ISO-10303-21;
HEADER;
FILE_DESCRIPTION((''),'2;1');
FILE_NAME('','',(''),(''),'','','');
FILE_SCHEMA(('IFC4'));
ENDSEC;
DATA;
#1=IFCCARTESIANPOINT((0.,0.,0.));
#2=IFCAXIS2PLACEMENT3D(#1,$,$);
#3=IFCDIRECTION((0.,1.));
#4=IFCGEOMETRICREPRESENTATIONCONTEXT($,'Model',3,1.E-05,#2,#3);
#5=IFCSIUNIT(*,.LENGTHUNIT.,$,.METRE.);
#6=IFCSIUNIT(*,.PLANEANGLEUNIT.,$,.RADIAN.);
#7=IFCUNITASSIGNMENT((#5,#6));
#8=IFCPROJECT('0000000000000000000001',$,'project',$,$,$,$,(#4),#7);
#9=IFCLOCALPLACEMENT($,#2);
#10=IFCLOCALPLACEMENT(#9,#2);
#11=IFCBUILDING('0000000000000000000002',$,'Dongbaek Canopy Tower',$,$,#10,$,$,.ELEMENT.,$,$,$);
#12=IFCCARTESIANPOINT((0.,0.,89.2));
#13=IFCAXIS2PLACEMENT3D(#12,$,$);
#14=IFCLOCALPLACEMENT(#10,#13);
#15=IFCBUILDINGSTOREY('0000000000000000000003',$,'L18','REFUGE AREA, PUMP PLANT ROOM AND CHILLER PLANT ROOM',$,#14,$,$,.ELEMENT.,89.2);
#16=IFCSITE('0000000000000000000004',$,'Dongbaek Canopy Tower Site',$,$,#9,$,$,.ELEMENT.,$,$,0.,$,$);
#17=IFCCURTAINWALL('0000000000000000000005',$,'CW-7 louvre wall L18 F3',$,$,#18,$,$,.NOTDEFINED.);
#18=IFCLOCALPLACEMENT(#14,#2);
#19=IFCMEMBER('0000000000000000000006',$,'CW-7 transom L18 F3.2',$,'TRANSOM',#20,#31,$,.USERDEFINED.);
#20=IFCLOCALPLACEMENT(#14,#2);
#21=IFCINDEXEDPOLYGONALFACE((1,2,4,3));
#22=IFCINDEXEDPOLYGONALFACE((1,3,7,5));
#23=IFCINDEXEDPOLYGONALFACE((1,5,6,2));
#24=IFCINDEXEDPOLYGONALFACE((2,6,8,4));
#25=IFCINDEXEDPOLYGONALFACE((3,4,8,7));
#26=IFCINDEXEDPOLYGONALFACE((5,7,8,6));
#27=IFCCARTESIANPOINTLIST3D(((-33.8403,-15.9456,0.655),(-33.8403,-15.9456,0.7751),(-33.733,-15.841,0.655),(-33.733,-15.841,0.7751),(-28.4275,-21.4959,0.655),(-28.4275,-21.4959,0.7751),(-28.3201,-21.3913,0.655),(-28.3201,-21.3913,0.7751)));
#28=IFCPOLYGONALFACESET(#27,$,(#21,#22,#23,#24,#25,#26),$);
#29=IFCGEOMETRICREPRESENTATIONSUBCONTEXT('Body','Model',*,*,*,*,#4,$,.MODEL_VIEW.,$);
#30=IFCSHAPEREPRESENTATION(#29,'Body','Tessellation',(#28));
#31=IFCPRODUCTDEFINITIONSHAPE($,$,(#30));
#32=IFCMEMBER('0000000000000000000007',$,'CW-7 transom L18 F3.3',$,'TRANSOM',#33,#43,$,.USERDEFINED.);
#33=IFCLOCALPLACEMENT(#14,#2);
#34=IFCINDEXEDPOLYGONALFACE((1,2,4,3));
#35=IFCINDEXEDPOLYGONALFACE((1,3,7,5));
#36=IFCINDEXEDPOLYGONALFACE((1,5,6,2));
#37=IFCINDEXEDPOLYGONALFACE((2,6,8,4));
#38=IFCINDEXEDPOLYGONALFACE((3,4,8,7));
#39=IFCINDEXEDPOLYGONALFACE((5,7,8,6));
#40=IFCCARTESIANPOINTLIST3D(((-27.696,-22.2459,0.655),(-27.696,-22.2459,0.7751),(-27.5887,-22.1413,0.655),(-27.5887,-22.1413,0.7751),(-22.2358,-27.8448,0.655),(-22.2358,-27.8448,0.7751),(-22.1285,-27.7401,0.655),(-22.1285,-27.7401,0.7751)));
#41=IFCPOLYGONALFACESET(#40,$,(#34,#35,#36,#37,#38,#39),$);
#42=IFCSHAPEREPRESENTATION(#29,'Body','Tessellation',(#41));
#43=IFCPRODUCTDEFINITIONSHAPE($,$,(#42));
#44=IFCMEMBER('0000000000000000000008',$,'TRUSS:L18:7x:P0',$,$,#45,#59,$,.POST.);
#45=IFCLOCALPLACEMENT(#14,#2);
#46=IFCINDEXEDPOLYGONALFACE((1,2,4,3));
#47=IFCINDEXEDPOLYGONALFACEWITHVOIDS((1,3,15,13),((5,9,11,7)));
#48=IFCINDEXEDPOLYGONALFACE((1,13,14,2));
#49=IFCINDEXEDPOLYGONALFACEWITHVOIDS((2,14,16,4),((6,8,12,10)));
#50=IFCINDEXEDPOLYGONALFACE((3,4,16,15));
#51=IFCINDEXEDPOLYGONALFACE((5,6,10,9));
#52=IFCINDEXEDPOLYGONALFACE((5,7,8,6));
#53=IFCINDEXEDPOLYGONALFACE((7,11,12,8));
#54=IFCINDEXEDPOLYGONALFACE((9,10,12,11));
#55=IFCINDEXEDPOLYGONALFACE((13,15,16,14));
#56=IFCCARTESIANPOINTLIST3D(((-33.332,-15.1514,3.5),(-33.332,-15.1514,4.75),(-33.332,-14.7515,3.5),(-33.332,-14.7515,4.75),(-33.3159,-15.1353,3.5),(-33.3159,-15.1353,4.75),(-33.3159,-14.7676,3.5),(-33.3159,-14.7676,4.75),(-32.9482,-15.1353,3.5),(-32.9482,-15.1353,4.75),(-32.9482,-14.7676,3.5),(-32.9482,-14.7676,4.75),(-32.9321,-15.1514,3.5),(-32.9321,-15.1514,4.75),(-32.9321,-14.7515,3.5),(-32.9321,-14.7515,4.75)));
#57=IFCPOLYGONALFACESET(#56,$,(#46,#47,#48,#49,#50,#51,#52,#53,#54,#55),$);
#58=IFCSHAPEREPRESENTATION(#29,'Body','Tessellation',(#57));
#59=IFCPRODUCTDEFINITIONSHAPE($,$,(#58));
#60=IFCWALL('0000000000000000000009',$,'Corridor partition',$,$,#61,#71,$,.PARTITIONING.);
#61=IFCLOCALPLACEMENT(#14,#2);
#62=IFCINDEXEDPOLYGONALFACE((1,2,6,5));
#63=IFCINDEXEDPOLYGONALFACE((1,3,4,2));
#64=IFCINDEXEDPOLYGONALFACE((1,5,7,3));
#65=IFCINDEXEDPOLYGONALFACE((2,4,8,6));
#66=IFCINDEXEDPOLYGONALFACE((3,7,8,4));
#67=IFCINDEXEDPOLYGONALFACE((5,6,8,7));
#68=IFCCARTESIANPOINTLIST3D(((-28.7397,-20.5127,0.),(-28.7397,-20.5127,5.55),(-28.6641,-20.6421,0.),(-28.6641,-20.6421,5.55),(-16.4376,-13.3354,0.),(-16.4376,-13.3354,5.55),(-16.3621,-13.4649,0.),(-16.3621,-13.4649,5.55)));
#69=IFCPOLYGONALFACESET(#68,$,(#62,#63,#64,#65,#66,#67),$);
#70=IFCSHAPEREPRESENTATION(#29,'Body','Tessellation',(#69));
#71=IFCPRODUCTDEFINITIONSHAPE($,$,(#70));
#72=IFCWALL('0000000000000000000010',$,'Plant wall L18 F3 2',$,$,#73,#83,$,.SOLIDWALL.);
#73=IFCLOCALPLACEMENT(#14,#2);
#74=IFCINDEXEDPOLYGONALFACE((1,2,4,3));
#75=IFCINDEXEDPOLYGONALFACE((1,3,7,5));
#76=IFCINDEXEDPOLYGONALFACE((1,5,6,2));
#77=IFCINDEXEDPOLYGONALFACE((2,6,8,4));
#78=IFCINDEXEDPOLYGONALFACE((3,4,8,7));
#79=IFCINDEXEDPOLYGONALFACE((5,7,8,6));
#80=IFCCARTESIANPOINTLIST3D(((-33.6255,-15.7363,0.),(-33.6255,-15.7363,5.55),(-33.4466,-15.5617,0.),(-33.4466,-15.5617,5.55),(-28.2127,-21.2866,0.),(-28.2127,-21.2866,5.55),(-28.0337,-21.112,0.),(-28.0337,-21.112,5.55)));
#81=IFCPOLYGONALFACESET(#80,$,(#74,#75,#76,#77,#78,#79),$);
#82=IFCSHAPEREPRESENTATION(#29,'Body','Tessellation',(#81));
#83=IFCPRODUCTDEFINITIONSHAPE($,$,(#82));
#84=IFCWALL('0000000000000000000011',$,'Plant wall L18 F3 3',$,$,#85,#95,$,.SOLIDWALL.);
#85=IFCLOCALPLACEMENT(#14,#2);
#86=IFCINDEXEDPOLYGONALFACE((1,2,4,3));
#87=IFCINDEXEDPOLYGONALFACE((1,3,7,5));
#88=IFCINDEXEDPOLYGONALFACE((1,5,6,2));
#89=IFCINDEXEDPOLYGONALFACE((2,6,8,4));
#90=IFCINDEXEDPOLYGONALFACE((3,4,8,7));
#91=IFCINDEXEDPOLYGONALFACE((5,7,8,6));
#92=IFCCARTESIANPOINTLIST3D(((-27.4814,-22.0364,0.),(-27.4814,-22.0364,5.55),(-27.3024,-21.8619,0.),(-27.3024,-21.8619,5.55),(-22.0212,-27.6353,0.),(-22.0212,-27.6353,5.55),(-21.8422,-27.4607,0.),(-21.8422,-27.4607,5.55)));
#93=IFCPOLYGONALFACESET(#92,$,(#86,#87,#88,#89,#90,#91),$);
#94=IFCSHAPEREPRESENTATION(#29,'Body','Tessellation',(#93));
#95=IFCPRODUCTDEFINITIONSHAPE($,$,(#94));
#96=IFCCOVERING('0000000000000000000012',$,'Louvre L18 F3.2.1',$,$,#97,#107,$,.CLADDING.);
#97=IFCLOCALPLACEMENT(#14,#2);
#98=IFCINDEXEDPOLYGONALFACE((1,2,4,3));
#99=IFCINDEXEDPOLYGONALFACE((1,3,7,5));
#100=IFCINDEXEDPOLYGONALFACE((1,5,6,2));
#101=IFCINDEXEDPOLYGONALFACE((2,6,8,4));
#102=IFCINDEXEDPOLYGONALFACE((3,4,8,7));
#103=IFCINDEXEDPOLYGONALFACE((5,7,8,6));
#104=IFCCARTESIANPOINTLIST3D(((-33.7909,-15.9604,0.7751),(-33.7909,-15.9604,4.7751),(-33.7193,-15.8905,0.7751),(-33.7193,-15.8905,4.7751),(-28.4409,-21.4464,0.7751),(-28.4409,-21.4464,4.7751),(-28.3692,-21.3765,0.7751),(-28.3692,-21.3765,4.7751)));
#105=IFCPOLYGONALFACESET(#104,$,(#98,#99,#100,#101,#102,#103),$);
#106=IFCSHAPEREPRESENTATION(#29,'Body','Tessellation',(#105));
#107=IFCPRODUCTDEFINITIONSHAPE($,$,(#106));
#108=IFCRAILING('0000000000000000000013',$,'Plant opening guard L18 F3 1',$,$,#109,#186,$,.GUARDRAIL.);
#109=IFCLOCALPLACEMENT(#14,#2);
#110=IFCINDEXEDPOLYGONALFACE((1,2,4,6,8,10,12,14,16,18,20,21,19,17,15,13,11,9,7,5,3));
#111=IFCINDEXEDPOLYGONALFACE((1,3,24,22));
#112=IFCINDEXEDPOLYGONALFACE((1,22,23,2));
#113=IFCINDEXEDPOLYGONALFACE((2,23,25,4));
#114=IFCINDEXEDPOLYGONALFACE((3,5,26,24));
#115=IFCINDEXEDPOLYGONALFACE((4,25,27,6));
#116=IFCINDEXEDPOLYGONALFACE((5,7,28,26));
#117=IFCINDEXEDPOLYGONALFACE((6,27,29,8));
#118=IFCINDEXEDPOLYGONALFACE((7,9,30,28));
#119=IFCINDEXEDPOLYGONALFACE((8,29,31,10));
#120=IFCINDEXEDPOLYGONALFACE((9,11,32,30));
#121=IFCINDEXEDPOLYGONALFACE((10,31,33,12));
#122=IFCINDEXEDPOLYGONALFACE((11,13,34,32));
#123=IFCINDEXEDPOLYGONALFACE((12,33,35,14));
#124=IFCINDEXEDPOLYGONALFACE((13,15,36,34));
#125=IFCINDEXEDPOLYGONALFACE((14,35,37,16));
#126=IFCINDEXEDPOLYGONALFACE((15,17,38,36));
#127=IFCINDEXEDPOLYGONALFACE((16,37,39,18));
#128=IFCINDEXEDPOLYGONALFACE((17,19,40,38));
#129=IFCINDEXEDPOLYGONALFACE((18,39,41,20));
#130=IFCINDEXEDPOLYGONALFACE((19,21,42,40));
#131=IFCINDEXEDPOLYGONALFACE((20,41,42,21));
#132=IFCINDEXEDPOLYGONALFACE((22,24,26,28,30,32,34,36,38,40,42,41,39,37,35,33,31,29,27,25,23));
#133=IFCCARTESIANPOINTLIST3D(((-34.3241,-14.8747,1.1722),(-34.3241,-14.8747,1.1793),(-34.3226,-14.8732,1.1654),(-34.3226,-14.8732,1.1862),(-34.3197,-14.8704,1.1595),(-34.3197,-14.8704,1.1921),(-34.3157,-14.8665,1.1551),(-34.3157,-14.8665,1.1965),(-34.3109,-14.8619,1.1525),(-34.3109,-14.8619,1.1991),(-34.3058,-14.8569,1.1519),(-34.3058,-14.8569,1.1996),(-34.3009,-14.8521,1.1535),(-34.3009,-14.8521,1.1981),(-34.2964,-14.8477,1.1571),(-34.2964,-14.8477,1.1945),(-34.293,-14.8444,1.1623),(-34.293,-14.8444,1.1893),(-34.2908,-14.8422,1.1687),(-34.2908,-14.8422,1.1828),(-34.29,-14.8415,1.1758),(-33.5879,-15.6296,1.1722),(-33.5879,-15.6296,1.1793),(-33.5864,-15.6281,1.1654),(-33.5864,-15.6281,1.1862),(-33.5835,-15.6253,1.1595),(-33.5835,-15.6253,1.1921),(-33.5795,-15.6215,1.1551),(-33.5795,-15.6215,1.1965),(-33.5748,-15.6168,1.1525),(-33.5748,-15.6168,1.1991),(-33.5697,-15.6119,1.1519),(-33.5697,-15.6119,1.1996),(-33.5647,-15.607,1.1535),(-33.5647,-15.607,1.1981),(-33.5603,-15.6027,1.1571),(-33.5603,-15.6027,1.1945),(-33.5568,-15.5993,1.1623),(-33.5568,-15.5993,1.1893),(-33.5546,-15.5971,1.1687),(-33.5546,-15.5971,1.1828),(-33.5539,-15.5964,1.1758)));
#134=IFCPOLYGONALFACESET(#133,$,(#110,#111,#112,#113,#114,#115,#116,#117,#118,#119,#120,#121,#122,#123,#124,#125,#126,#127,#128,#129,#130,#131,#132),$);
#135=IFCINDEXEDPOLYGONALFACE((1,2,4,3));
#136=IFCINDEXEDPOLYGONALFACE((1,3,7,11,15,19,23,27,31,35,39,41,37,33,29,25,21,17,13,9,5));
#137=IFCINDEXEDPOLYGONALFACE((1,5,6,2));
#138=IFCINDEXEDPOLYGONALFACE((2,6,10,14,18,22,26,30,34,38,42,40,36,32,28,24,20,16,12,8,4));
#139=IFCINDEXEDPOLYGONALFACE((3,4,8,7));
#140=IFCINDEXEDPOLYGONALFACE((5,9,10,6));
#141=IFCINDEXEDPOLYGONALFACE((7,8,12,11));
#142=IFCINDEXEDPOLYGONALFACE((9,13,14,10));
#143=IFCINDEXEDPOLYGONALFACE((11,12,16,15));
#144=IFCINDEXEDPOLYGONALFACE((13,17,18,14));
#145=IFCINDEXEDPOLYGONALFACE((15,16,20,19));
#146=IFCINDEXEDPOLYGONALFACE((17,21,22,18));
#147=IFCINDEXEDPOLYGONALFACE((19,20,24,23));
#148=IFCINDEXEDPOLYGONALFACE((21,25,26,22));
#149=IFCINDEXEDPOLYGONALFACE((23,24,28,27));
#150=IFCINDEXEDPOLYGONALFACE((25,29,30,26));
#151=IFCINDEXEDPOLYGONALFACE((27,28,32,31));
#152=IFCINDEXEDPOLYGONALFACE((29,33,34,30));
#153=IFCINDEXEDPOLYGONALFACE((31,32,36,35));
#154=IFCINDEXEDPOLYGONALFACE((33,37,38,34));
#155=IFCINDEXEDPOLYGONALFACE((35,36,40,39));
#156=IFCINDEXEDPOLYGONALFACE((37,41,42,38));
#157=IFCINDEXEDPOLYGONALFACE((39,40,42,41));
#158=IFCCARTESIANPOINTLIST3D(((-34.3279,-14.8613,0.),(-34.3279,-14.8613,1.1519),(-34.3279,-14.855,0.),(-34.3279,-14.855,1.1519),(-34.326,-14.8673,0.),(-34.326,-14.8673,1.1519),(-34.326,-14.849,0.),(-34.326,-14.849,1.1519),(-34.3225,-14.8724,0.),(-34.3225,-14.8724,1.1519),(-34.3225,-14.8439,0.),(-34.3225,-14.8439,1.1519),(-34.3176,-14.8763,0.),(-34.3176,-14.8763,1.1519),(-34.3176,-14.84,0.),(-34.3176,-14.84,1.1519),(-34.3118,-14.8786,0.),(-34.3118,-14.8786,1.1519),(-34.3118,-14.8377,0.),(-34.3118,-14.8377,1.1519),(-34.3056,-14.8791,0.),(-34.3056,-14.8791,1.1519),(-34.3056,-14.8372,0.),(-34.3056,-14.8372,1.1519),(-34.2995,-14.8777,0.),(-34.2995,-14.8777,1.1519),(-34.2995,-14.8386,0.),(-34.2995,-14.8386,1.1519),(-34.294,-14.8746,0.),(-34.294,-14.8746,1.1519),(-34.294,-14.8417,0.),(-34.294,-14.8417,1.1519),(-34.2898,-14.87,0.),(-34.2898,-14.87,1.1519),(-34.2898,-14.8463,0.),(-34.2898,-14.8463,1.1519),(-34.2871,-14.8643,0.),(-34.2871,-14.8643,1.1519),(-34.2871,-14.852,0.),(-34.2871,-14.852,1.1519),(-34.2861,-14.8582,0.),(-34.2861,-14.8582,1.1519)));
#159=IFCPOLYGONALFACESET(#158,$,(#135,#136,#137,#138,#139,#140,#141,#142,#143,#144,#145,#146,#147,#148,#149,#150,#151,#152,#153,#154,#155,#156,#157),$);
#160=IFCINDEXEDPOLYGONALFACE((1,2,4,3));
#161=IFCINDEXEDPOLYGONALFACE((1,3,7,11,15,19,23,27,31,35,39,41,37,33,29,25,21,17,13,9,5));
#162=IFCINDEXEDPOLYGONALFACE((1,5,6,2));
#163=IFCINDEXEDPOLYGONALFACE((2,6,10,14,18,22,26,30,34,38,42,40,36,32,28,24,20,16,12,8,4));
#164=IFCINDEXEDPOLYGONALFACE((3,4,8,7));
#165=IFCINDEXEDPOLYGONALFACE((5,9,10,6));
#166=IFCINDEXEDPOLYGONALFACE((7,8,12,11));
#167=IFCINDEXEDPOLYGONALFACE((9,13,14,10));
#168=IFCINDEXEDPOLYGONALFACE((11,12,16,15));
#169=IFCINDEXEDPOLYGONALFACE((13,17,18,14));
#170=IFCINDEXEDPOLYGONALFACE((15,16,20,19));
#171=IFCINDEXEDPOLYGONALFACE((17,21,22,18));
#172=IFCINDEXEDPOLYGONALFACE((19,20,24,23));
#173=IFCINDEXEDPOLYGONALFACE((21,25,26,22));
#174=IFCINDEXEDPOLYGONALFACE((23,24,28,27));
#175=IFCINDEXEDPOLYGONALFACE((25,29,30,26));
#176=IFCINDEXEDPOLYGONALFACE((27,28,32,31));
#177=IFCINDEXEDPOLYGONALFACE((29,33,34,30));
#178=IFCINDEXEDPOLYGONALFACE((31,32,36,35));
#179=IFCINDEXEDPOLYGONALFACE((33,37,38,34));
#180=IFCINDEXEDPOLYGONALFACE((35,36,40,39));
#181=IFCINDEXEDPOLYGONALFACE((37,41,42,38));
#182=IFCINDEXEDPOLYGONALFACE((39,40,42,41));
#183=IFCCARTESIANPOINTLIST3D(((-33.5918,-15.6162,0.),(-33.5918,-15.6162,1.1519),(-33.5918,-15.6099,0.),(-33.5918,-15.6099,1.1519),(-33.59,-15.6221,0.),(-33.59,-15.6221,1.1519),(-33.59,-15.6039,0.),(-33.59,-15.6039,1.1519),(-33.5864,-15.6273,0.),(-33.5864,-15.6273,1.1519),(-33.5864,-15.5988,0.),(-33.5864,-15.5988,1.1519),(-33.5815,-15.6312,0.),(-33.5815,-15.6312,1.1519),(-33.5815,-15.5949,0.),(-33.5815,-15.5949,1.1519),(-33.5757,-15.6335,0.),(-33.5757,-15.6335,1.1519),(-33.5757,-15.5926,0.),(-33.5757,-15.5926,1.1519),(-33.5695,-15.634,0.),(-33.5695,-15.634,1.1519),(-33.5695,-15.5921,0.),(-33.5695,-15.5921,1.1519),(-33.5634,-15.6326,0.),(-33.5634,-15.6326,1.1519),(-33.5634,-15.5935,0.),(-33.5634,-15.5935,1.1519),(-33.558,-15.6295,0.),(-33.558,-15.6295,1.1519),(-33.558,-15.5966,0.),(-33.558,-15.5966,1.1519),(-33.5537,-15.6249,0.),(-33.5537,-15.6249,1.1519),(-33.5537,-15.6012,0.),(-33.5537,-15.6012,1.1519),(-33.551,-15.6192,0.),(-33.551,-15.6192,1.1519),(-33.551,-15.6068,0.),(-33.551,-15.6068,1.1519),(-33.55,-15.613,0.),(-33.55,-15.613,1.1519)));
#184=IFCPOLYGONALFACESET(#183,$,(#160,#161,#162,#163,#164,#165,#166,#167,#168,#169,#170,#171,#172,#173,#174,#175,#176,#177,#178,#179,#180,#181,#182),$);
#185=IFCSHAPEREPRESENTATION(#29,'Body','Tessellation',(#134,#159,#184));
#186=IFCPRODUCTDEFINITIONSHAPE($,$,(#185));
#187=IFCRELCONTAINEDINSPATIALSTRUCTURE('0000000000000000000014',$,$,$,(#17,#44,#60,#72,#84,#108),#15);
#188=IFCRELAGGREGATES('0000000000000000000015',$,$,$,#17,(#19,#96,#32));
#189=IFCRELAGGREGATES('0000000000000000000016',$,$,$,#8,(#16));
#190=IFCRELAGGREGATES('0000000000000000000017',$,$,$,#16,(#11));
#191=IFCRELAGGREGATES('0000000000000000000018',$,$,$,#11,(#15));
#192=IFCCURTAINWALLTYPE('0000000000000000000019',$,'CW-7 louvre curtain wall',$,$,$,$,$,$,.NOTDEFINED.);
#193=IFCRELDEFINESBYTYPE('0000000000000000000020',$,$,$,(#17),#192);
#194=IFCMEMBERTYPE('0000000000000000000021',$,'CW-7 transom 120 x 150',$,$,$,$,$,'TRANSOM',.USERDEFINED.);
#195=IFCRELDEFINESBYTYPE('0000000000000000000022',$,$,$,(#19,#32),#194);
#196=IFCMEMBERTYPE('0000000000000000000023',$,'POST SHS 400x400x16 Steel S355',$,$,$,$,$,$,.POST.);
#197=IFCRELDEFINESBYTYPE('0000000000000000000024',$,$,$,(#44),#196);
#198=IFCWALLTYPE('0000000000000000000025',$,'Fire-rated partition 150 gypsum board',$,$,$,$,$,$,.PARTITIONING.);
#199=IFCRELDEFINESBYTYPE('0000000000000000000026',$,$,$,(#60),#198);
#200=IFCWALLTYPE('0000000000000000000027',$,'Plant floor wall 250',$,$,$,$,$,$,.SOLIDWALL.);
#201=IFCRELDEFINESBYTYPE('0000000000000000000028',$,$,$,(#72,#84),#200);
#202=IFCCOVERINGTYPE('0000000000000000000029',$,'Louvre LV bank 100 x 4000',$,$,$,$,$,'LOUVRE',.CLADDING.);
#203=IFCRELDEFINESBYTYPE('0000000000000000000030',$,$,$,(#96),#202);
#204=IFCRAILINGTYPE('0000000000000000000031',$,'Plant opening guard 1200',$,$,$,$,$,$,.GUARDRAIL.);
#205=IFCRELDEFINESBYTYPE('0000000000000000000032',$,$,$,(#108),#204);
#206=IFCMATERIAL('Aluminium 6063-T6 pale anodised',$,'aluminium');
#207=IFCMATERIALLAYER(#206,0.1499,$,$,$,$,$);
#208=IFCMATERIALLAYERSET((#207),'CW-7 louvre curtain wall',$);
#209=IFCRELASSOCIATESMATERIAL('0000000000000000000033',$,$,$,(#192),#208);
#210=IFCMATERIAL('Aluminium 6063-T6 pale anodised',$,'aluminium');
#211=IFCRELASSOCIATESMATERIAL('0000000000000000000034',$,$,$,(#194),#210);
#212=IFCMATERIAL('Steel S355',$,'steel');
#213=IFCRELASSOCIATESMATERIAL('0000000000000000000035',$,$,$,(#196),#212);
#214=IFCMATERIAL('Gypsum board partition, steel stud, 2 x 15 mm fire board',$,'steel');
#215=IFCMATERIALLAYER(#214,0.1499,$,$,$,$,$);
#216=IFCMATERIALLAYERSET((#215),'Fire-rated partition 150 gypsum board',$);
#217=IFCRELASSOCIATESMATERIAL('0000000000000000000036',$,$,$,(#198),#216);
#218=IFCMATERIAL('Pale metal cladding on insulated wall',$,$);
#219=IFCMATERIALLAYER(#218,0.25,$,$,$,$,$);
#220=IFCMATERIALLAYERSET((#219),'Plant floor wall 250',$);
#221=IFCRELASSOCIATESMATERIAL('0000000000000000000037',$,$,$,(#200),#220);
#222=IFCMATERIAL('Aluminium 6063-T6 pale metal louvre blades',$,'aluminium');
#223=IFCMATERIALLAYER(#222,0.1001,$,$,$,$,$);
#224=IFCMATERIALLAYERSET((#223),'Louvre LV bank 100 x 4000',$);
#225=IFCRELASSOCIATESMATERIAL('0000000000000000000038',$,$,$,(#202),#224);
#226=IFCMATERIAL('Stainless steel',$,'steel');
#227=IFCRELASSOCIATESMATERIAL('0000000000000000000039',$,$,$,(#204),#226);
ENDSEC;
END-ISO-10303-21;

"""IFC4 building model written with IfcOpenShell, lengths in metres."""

from ifc_helpers import new_model, si_unit, direction, frame, frame_2d, origin, origin_2d, place, context, subcontext, project, spatial, rectangle, hollow_rectangle, circle, extrude, material, layer, layer_set, material_profile, profile_set, type_object, element, aggregate, save


model = new_model("IFC4")

# Units and contexts
model_context = context("Model", 3, precision=1e-05, world=origin(), true_north=direction((0.0, 1.0)))
body_context = subcontext(model_context, "Body", "Model", "MODEL_VIEW")
ifc_project = project(units=[si_unit("LENGTHUNIT", "METRE"), si_unit("PLANEANGLEUNIT", "RADIAN")], contexts=[model_context])

# Site, building, storey
site_placement = place(None, origin())
site = spatial("IfcSite", under=ifc_project, at=site_placement, Name="Dongbaek Canopy Tower Site", CompositionType="ELEMENT", RefElevation=0.0)
building_placement = place(site_placement, origin())
building = spatial("IfcBuilding", under=site, at=building_placement, Name="Dongbaek Canopy Tower", CompositionType="ELEMENT")
storey_placement = place(building_placement, frame((0.0, 0.0, 89.2)))
storey = spatial("IfcBuildingStorey", under=building, at=storey_placement, Name="L18", Description="REFUGE AREA, PUMP PLANT ROOM AND CHILLER PLANT ROOM", CompositionType="ELEMENT", Elevation=89.2)

# Curtain wall, members
ifc_material_1 = material(Name="Aluminium 6063-T6 pale anodised", Category="aluminium")
ifc_layer_1 = layer(ifc_material_1, 0.1499)
ifc_layer_set_1 = layer_set([ifc_layer_1], Name="CW-7 louvre curtain wall")
curtain_wall_type = type_object("IfcCurtainWallType", Name="CW-7 louvre curtain wall", PredefinedType="NOTDEFINED", material=ifc_layer_set_1)
curtain_wall_placement = place(storey_placement, origin())
curtain_wall = element("IfcCurtainWall", 1, at=curtain_wall_placement, inside=storey, type_object=curtain_wall_type, Name="CW-7 louvre wall L18 F3", PredefinedType="NOTDEFINED")
ifc_material_2 = material(Name="Aluminium 6063-T6 pale anodised", Category="aluminium")
ifc_material_profile_1 = material_profile(ifc_material_2, rectangle(XDim=0.1499, YDim=0.1201, at=origin_2d()), Name="CW-7 transom 120 x 150")
ifc_profile_set_1 = profile_set([ifc_material_profile_1], Name="Aluminium 6063-T6 pale anodised")
member_type_1 = type_object("IfcMemberType", Name="CW-7 transom 120 x 150", ElementType="TRANSOM", PredefinedType="USERDEFINED", material=ifc_profile_set_1)
member_1_placement = place(storey_placement, frame((-33.7866, -15.8933, 0.7151), z_axis=(0.698187, -0.715916, 0.0), x_axis=(0.715916, 0.698187, 0.0)))
member_1 = element("IfcMember", 2, at=member_1_placement, type_object=member_type_1, Name="CW-7 transom L18 F3.2", ObjectType="TRANSOM", PredefinedType="USERDEFINED", context=body_context, shape_type="SweptSolid", body=[
    extrude(rectangle(XDim=0.1499, YDim=0.1201, at=origin_2d()), origin(), (0.0, 0.0, 1.0), 7.7527),
])
member_2_placement = place(storey_placement, frame((-27.6423, -22.1936, 0.7151), z_axis=(0.698185, -0.715917, 0.0), x_axis=(0.715917, 0.698185, 0.0)))
member_2 = element("IfcMember", 3, at=member_2_placement, type_object=member_type_1, Name="CW-7 transom L18 F3.3", ObjectType="TRANSOM", PredefinedType="USERDEFINED", context=body_context, shape_type="SweptSolid", body=[
    extrude(rectangle(XDim=0.1499, YDim=0.1201, at=origin_2d()), origin(), (0.0, 0.0, 1.0), 7.8206),
])

# Member
ifc_material_3 = material(Name="Steel S355", Category="steel")
ifc_material_profile_2 = material_profile(ifc_material_3, hollow_rectangle(XDim=0.3999, YDim=0.3999, WallThickness=0.0161, at=origin_2d()), Name="POST SHS 400x400x16 Steel S355")
ifc_profile_set_2 = profile_set([ifc_material_profile_2], Name="Steel S355")
member_type_2 = type_object("IfcMemberType", Name="POST SHS 400x400x16 Steel S355", PredefinedType="POST", material=ifc_profile_set_2)
member_3_placement = place(storey_placement, frame((-33.1321, -14.9514, 3.5), z_axis=(0.0, 0.0, 1.0), x_axis=(1.0, 0.0, 0.0)))
element("IfcMember", 4, at=member_3_placement, inside=storey, type_object=member_type_2, Name="TRUSS:L18:7x:P0", PredefinedType="POST", context=body_context, shape_type="SweptSolid", body=[
    extrude(hollow_rectangle(XDim=0.3999, YDim=0.3999, WallThickness=0.0161, at=origin_2d()), origin(), (0.0, 0.0, 1.0), 1.25),
])

# Walls
ifc_material_4 = material(Name="Gypsum board partition, steel stud, 2 x 15 mm fire board", Category="steel")
ifc_layer_2 = layer(ifc_material_4, 0.1499)
ifc_layer_set_2 = layer_set([ifc_layer_2], Name="Fire-rated partition 150 gypsum board")
wall_type_1 = type_object("IfcWallType", Name="Fire-rated partition 150 gypsum board", PredefinedType="PARTITIONING", material=ifc_layer_set_2)
wall_1_placement = place(storey_placement, frame((-28.7019, -20.5774, 0.0), z_axis=(0.0, 0.0, 1.0), x_axis=(0.863746, 0.503928, 0.0)))
element("IfcWall", 5, at=wall_1_placement, inside=storey, type_object=wall_type_1, Name="Corridor partition", PredefinedType="PARTITIONING", context=body_context, shape_type="SweptSolid", body=[
    extrude(rectangle(XDim=14.2427, YDim=0.1499, at=frame_2d((7.1213, 0.0))), origin(), (0.0, 0.0, 1.0), 5.55),
])
ifc_material_5 = material(Name="Pale metal cladding on insulated wall")
ifc_layer_3 = layer(ifc_material_5, 0.25)
ifc_layer_set_3 = layer_set([ifc_layer_3], Name="Plant floor wall 250")
wall_type_2 = type_object("IfcWallType", Name="Plant floor wall 250", PredefinedType="SOLIDWALL", material=ifc_layer_set_3)
wall_2_placement = place(storey_placement, frame((-33.5361, -15.6489, 0.0), z_axis=(0.0, 0.0, 1.0), x_axis=(0.698187, -0.715916, 0.0)))
element("IfcWall", 6, at=wall_2_placement, inside=storey, type_object=wall_type_2, Name="Plant wall L18 F3 2", PredefinedType="SOLIDWALL", context=body_context, shape_type="SweptSolid", body=[
    extrude(rectangle(XDim=7.7527, YDim=0.25, at=frame_2d((3.8765, 0.0))), origin(), (0.0, 0.0, 1.0), 5.55),
])
wall_3_placement = place(storey_placement, frame((-27.3918, -21.9492, 0.0), z_axis=(0.0, 0.0, 1.0), x_axis=(0.698185, -0.715917, 0.0)))
element("IfcWall", 7, at=wall_3_placement, inside=storey, type_object=wall_type_2, Name="Plant wall L18 F3 3", PredefinedType="SOLIDWALL", context=body_context, shape_type="SweptSolid", body=[
    extrude(rectangle(XDim=7.8206, YDim=0.25, at=frame_2d((3.9102, 0.0))), origin(), (0.0, 0.0, 1.0), 5.55),
])

# Covering
ifc_material_6 = material(Name="Aluminium 6063-T6 pale metal louvre blades", Category="aluminium")
ifc_layer_4 = layer(ifc_material_6, 0.1001)
ifc_layer_set_4 = layer_set([ifc_layer_4], Name="Louvre LV bank 100 x 4000")
covering_type = type_object("IfcCoveringType", Name="Louvre LV bank 100 x 4000", ElementType="LOUVRE", PredefinedType="CLADDING", material=ifc_layer_set_4)
covering_placement = place(storey_placement, frame((-31.0801, -18.6685, 0.7751), z_axis=(0.0, 0.0, 1.0), x_axis=(0.698181, -0.715921, 0.0)))
covering = element("IfcCovering", 8, at=covering_placement, type_object=covering_type, Name="Louvre L18 F3.2.1", PredefinedType="CLADDING", context=body_context, shape_type="SweptSolid", body=[
    extrude(rectangle(XDim=7.6628, YDim=0.1001, at=origin_2d()), origin(), (0.0, 0.0, 1.0), 4.0),
])

# Railing
ifc_material_7 = material(Name="Stainless steel", Category="steel")
railing_type = type_object("IfcRailingType", Name="Plant opening guard 1200", PredefinedType="GUARDRAIL", material=ifc_material_7)
railing_1_placement = place(storey_placement, frame((-34.3071, -14.8582, 0.0)))
element("IfcRailing", 9, at=railing_1_placement, inside=storey, type_object=railing_type, Name="Plant opening guard L18 F3 1", PredefinedType="GUARDRAIL", context=body_context, shape_type="SweptSolid", body=[
    extrude(circle(Radius=0.0239, at=origin_2d()), frame((0.0, 0.0, 1.1758), z_axis=(0.698136, -0.715965, 0.0), x_axis=(0.715965, 0.698136, 0.0)), (0.0, 0.0, 1.0), 1.0544),
    extrude(circle(Radius=0.021, at=origin_2d()), origin(), (0.0, 0.0, 1.0), 1.1519),
    extrude(circle(Radius=0.021, at=origin_2d()), frame((0.7361, -0.7549, 0.0)), (0.0, 0.0, 1.0), 1.1519),
])

aggregate(curtain_wall, [member_1, covering, member_2])

save(model, "model.ifc")
